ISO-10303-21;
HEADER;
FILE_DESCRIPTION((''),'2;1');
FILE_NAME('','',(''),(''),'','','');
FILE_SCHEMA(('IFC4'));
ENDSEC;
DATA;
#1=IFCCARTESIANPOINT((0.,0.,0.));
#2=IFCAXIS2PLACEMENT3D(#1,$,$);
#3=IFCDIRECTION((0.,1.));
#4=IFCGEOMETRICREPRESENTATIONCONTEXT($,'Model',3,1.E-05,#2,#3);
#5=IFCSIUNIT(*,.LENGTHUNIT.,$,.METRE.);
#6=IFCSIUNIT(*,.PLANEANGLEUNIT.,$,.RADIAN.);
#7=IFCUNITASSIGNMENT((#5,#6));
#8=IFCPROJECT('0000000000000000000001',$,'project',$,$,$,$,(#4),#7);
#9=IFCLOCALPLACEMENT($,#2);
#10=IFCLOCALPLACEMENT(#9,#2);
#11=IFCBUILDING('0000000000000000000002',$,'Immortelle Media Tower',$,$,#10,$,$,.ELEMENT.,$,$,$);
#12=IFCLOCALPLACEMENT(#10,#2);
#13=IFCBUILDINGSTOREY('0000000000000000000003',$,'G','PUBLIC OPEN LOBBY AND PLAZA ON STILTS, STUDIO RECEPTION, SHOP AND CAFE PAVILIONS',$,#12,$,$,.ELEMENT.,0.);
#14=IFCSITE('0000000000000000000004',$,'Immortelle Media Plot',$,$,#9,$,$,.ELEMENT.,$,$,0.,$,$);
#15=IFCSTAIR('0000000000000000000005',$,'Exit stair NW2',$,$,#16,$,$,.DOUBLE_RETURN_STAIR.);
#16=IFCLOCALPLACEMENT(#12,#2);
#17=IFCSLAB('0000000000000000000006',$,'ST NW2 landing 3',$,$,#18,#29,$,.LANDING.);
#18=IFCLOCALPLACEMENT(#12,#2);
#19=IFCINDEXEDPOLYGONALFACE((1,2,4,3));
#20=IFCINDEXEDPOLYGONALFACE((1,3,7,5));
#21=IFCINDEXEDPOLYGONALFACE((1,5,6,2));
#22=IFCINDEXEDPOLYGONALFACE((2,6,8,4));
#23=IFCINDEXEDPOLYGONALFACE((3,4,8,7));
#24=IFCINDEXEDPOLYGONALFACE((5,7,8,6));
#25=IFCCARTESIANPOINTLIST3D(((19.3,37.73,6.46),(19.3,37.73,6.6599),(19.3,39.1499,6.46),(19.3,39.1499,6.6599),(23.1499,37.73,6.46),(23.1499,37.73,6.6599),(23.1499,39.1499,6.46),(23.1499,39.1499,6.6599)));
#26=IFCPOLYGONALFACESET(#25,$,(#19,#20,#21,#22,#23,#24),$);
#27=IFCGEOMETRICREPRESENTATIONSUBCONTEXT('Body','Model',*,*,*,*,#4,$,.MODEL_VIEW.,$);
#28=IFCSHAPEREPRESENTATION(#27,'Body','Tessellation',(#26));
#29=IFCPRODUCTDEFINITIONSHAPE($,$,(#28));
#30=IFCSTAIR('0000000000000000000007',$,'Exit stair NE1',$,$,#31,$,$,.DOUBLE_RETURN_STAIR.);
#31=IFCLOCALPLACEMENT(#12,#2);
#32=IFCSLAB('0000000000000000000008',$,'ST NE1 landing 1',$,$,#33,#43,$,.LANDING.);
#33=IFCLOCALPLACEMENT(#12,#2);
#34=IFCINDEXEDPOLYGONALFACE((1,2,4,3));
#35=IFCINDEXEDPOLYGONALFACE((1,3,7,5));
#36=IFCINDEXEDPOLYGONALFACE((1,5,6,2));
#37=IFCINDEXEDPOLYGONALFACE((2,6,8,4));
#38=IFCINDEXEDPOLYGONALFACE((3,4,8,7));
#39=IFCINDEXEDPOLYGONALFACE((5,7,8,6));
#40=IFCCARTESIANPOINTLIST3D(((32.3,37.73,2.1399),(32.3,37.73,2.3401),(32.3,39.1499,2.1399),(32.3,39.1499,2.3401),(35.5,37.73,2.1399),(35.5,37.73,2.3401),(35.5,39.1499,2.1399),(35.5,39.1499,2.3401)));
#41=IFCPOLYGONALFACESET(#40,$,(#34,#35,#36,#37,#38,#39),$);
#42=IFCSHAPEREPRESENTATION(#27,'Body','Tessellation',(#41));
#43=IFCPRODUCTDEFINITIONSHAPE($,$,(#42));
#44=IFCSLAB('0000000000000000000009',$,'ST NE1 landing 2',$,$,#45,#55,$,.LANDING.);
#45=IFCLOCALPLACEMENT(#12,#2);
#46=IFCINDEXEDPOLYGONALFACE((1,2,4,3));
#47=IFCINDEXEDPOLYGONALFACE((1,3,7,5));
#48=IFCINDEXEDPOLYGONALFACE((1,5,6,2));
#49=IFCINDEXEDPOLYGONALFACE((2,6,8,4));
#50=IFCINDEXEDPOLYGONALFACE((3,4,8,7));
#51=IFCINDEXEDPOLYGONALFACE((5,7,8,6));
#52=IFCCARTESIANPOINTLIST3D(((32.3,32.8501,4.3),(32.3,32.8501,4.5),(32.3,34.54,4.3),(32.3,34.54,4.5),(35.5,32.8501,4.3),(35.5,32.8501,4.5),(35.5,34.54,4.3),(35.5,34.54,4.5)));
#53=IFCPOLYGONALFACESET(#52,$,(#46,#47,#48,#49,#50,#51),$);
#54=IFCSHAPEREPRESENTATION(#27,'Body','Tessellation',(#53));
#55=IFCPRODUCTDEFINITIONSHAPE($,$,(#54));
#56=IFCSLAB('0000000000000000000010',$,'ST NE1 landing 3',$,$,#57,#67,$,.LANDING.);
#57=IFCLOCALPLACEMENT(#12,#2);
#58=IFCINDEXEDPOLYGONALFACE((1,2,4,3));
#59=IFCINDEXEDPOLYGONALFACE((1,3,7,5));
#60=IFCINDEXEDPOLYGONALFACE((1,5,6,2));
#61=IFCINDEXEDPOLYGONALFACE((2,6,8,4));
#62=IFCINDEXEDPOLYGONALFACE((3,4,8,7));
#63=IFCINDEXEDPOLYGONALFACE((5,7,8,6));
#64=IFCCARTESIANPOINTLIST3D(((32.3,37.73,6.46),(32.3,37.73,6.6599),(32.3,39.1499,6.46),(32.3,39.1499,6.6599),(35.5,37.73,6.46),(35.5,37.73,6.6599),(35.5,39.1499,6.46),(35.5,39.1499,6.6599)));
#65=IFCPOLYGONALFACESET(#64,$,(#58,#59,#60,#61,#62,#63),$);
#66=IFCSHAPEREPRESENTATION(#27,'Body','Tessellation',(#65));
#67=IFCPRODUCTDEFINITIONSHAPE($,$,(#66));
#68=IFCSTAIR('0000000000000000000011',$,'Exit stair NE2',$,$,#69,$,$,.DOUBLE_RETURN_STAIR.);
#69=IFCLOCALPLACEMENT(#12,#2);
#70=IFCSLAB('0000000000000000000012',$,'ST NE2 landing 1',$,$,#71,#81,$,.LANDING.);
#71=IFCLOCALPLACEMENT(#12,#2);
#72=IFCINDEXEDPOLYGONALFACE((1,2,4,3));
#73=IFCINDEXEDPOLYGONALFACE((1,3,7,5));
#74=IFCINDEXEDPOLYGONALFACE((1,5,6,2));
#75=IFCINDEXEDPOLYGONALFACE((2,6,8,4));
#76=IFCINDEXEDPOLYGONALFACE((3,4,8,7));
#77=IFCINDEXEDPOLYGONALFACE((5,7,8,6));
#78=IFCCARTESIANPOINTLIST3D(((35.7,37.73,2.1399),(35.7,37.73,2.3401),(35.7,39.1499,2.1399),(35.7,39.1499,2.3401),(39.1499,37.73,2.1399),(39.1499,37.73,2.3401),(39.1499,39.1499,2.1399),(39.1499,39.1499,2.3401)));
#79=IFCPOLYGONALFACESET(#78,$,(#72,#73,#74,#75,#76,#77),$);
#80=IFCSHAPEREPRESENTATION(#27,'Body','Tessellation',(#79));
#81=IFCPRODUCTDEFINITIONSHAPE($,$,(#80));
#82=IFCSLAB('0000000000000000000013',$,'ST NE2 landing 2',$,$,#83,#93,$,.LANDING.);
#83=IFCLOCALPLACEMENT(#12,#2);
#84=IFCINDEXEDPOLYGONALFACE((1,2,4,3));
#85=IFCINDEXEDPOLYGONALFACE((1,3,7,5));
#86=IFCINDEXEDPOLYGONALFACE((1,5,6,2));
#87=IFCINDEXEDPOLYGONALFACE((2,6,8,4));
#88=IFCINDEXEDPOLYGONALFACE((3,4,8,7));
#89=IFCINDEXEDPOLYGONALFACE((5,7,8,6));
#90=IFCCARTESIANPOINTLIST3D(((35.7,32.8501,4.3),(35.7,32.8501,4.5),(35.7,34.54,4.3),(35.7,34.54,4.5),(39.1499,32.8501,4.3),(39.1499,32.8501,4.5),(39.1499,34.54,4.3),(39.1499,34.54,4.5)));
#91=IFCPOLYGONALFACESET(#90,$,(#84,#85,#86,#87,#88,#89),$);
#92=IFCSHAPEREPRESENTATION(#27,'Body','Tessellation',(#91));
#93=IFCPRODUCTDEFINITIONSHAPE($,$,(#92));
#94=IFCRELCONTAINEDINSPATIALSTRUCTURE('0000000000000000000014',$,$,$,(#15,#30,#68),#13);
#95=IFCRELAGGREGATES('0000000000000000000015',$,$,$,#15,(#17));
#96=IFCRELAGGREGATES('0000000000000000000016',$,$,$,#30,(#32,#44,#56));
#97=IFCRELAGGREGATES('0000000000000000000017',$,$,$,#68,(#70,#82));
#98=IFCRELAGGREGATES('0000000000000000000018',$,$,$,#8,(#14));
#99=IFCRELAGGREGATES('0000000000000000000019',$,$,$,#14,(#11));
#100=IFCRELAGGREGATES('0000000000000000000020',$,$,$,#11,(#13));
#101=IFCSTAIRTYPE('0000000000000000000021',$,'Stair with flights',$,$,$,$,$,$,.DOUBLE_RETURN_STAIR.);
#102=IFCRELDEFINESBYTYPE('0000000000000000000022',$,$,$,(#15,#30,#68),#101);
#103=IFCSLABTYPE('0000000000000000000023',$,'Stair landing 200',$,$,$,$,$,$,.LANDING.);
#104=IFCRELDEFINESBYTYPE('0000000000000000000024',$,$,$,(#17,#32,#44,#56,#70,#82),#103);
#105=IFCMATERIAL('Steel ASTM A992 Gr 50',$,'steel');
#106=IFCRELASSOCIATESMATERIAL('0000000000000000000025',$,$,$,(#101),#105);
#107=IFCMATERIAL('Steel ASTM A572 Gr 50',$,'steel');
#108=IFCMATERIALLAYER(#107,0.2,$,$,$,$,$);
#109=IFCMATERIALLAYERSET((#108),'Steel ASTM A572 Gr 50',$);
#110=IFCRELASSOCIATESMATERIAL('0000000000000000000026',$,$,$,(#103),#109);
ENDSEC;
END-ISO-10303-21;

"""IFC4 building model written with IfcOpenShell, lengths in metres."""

from ifc_helpers import new_model, si_unit, direction, frame, origin, place, context, subcontext, project, spatial, polyline, outline, extrude, material, layer, layer_set, type_object, element, aggregate, save


model = new_model("IFC4")

# Units and contexts
model_context = context("Model", 3, precision=1e-05, world=origin(), true_north=direction((0.0, 1.0)))
body_context = subcontext(model_context, "Body", "Model", "MODEL_VIEW")
ifc_project = project(units=[si_unit("LENGTHUNIT", "METRE"), si_unit("PLANEANGLEUNIT", "RADIAN")], contexts=[model_context])

# Site, building, storey
site_placement = place(None, origin())
site = spatial("IfcSite", under=ifc_project, at=site_placement, Name="Immortelle Media Plot", CompositionType="ELEMENT", RefElevation=0.0)
building_placement = place(site_placement, origin())
building = spatial("IfcBuilding", under=site, at=building_placement, Name="Immortelle Media Tower", CompositionType="ELEMENT")
storey_placement = place(building_placement, origin())
storey = spatial("IfcBuildingStorey", under=building, at=storey_placement, Name="G", Description="PUBLIC OPEN LOBBY AND PLAZA ON STILTS, STUDIO RECEPTION, SHOP AND CAFE PAVILIONS", CompositionType="ELEMENT", Elevation=0.0)

# Stairs, slabs
ifc_material_1 = material(Name="Steel ASTM A992 Gr 50", Category="steel")
stair_type = type_object("IfcStairType", Name="Stair with flights", PredefinedType="DOUBLE_RETURN_STAIR", material=ifc_material_1)
ifc_material_2 = material(Name="Steel ASTM A572 Gr 50", Category="steel")
ifc_layer_1 = layer(ifc_material_2, 0.2)
ifc_layer_set_1 = layer_set([ifc_layer_1], Name="Steel ASTM A572 Gr 50")
slab_type_1 = type_object("IfcSlabType", Name="Stair landing 200", PredefinedType="LANDING", material=ifc_layer_set_1)
stair_1_placement = place(storey_placement, origin())
stair_1 = element("IfcStair", 1, at=stair_1_placement, inside=storey, type_object=stair_type, Name="Exit stair NW2", PredefinedType="DOUBLE_RETURN_STAIR")
slab_1_placement = place(storey_placement, frame((0.0, 0.0, 6.46)))
slab_1 = element("IfcSlab", 2, at=slab_1_placement, type_object=slab_type_1, Name="ST NW2 landing 3", PredefinedType="LANDING", context=body_context, shape_type="SweptSolid", body=[
    extrude(outline(polyline([(19.3, 37.73), (23.1499, 37.73), (23.1499, 39.1499), (19.3, 39.1499), (19.3, 37.73)])), origin(), (0.0, 0.0, 1.0), 0.2),
])
aggregate(stair_1, [slab_1])
stair_2_placement = place(storey_placement, origin())
stair_2 = element("IfcStair", 3, at=stair_2_placement, inside=storey, type_object=stair_type, Name="Exit stair NE1", PredefinedType="DOUBLE_RETURN_STAIR")
slab_2_placement = place(storey_placement, frame((0.0, 0.0, 2.1399)))
slab_2 = element("IfcSlab", 4, at=slab_2_placement, type_object=slab_type_1, Name="ST NE1 landing 1", PredefinedType="LANDING", context=body_context, shape_type="SweptSolid", body=[
    extrude(outline(polyline([(32.3, 37.73), (35.5, 37.73), (35.5, 39.1499), (32.3, 39.1499), (32.3, 37.73)])), origin(), (0.0, 0.0, 1.0), 0.2002),
])
slab_3_placement = place(storey_placement, frame((0.0, 0.0, 4.3)))
slab_3 = element("IfcSlab", 5, at=slab_3_placement, type_object=slab_type_1, Name="ST NE1 landing 2", PredefinedType="LANDING", context=body_context, shape_type="SweptSolid", body=[
    extrude(outline(polyline([(32.3, 32.8501), (35.5, 32.8501), (35.5, 34.54), (32.3, 34.54), (32.3, 32.8501)])), origin(), (0.0, 0.0, 1.0), 0.2),
])
slab_4_placement = place(storey_placement, frame((0.0, 0.0, 6.46)))
slab_4 = element("IfcSlab", 6, at=slab_4_placement, type_object=slab_type_1, Name="ST NE1 landing 3", PredefinedType="LANDING", context=body_context, shape_type="SweptSolid", body=[
    extrude(outline(polyline([(32.3, 37.73), (35.5, 37.73), (35.5, 39.1499), (32.3, 39.1499), (32.3, 37.73)])), origin(), (0.0, 0.0, 1.0), 0.2),
])
aggregate(stair_2, [slab_2, slab_3, slab_4])
stair_3_placement = place(storey_placement, origin())
stair_3 = element("IfcStair", 7, at=stair_3_placement, inside=storey, type_object=stair_type, Name="Exit stair NE2", PredefinedType="DOUBLE_RETURN_STAIR")
slab_5_placement = place(storey_placement, frame((0.0, 0.0, 2.1399)))
slab_5 = element("IfcSlab", 8, at=slab_5_placement, type_object=slab_type_1, Name="ST NE2 landing 1", PredefinedType="LANDING", context=body_context, shape_type="SweptSolid", body=[
    extrude(outline(polyline([(35.7, 37.73), (39.1499, 37.73), (39.1499, 39.1499), (35.7, 39.1499), (35.7, 37.73)])), origin(), (0.0, 0.0, 1.0), 0.2002),
])
slab_6_placement = place(storey_placement, frame((0.0, 0.0, 4.3)))
slab_6 = element("IfcSlab", 9, at=slab_6_placement, type_object=slab_type_1, Name="ST NE2 landing 2", PredefinedType="LANDING", context=body_context, shape_type="SweptSolid", body=[
    extrude(outline(polyline([(35.7, 32.8501), (39.1499, 32.8501), (39.1499, 34.54), (35.7, 34.54), (35.7, 32.8501)])), origin(), (0.0, 0.0, 1.0), 0.2),
])
aggregate(stair_3, [slab_5, slab_6])

save(model, "model.ifc")
